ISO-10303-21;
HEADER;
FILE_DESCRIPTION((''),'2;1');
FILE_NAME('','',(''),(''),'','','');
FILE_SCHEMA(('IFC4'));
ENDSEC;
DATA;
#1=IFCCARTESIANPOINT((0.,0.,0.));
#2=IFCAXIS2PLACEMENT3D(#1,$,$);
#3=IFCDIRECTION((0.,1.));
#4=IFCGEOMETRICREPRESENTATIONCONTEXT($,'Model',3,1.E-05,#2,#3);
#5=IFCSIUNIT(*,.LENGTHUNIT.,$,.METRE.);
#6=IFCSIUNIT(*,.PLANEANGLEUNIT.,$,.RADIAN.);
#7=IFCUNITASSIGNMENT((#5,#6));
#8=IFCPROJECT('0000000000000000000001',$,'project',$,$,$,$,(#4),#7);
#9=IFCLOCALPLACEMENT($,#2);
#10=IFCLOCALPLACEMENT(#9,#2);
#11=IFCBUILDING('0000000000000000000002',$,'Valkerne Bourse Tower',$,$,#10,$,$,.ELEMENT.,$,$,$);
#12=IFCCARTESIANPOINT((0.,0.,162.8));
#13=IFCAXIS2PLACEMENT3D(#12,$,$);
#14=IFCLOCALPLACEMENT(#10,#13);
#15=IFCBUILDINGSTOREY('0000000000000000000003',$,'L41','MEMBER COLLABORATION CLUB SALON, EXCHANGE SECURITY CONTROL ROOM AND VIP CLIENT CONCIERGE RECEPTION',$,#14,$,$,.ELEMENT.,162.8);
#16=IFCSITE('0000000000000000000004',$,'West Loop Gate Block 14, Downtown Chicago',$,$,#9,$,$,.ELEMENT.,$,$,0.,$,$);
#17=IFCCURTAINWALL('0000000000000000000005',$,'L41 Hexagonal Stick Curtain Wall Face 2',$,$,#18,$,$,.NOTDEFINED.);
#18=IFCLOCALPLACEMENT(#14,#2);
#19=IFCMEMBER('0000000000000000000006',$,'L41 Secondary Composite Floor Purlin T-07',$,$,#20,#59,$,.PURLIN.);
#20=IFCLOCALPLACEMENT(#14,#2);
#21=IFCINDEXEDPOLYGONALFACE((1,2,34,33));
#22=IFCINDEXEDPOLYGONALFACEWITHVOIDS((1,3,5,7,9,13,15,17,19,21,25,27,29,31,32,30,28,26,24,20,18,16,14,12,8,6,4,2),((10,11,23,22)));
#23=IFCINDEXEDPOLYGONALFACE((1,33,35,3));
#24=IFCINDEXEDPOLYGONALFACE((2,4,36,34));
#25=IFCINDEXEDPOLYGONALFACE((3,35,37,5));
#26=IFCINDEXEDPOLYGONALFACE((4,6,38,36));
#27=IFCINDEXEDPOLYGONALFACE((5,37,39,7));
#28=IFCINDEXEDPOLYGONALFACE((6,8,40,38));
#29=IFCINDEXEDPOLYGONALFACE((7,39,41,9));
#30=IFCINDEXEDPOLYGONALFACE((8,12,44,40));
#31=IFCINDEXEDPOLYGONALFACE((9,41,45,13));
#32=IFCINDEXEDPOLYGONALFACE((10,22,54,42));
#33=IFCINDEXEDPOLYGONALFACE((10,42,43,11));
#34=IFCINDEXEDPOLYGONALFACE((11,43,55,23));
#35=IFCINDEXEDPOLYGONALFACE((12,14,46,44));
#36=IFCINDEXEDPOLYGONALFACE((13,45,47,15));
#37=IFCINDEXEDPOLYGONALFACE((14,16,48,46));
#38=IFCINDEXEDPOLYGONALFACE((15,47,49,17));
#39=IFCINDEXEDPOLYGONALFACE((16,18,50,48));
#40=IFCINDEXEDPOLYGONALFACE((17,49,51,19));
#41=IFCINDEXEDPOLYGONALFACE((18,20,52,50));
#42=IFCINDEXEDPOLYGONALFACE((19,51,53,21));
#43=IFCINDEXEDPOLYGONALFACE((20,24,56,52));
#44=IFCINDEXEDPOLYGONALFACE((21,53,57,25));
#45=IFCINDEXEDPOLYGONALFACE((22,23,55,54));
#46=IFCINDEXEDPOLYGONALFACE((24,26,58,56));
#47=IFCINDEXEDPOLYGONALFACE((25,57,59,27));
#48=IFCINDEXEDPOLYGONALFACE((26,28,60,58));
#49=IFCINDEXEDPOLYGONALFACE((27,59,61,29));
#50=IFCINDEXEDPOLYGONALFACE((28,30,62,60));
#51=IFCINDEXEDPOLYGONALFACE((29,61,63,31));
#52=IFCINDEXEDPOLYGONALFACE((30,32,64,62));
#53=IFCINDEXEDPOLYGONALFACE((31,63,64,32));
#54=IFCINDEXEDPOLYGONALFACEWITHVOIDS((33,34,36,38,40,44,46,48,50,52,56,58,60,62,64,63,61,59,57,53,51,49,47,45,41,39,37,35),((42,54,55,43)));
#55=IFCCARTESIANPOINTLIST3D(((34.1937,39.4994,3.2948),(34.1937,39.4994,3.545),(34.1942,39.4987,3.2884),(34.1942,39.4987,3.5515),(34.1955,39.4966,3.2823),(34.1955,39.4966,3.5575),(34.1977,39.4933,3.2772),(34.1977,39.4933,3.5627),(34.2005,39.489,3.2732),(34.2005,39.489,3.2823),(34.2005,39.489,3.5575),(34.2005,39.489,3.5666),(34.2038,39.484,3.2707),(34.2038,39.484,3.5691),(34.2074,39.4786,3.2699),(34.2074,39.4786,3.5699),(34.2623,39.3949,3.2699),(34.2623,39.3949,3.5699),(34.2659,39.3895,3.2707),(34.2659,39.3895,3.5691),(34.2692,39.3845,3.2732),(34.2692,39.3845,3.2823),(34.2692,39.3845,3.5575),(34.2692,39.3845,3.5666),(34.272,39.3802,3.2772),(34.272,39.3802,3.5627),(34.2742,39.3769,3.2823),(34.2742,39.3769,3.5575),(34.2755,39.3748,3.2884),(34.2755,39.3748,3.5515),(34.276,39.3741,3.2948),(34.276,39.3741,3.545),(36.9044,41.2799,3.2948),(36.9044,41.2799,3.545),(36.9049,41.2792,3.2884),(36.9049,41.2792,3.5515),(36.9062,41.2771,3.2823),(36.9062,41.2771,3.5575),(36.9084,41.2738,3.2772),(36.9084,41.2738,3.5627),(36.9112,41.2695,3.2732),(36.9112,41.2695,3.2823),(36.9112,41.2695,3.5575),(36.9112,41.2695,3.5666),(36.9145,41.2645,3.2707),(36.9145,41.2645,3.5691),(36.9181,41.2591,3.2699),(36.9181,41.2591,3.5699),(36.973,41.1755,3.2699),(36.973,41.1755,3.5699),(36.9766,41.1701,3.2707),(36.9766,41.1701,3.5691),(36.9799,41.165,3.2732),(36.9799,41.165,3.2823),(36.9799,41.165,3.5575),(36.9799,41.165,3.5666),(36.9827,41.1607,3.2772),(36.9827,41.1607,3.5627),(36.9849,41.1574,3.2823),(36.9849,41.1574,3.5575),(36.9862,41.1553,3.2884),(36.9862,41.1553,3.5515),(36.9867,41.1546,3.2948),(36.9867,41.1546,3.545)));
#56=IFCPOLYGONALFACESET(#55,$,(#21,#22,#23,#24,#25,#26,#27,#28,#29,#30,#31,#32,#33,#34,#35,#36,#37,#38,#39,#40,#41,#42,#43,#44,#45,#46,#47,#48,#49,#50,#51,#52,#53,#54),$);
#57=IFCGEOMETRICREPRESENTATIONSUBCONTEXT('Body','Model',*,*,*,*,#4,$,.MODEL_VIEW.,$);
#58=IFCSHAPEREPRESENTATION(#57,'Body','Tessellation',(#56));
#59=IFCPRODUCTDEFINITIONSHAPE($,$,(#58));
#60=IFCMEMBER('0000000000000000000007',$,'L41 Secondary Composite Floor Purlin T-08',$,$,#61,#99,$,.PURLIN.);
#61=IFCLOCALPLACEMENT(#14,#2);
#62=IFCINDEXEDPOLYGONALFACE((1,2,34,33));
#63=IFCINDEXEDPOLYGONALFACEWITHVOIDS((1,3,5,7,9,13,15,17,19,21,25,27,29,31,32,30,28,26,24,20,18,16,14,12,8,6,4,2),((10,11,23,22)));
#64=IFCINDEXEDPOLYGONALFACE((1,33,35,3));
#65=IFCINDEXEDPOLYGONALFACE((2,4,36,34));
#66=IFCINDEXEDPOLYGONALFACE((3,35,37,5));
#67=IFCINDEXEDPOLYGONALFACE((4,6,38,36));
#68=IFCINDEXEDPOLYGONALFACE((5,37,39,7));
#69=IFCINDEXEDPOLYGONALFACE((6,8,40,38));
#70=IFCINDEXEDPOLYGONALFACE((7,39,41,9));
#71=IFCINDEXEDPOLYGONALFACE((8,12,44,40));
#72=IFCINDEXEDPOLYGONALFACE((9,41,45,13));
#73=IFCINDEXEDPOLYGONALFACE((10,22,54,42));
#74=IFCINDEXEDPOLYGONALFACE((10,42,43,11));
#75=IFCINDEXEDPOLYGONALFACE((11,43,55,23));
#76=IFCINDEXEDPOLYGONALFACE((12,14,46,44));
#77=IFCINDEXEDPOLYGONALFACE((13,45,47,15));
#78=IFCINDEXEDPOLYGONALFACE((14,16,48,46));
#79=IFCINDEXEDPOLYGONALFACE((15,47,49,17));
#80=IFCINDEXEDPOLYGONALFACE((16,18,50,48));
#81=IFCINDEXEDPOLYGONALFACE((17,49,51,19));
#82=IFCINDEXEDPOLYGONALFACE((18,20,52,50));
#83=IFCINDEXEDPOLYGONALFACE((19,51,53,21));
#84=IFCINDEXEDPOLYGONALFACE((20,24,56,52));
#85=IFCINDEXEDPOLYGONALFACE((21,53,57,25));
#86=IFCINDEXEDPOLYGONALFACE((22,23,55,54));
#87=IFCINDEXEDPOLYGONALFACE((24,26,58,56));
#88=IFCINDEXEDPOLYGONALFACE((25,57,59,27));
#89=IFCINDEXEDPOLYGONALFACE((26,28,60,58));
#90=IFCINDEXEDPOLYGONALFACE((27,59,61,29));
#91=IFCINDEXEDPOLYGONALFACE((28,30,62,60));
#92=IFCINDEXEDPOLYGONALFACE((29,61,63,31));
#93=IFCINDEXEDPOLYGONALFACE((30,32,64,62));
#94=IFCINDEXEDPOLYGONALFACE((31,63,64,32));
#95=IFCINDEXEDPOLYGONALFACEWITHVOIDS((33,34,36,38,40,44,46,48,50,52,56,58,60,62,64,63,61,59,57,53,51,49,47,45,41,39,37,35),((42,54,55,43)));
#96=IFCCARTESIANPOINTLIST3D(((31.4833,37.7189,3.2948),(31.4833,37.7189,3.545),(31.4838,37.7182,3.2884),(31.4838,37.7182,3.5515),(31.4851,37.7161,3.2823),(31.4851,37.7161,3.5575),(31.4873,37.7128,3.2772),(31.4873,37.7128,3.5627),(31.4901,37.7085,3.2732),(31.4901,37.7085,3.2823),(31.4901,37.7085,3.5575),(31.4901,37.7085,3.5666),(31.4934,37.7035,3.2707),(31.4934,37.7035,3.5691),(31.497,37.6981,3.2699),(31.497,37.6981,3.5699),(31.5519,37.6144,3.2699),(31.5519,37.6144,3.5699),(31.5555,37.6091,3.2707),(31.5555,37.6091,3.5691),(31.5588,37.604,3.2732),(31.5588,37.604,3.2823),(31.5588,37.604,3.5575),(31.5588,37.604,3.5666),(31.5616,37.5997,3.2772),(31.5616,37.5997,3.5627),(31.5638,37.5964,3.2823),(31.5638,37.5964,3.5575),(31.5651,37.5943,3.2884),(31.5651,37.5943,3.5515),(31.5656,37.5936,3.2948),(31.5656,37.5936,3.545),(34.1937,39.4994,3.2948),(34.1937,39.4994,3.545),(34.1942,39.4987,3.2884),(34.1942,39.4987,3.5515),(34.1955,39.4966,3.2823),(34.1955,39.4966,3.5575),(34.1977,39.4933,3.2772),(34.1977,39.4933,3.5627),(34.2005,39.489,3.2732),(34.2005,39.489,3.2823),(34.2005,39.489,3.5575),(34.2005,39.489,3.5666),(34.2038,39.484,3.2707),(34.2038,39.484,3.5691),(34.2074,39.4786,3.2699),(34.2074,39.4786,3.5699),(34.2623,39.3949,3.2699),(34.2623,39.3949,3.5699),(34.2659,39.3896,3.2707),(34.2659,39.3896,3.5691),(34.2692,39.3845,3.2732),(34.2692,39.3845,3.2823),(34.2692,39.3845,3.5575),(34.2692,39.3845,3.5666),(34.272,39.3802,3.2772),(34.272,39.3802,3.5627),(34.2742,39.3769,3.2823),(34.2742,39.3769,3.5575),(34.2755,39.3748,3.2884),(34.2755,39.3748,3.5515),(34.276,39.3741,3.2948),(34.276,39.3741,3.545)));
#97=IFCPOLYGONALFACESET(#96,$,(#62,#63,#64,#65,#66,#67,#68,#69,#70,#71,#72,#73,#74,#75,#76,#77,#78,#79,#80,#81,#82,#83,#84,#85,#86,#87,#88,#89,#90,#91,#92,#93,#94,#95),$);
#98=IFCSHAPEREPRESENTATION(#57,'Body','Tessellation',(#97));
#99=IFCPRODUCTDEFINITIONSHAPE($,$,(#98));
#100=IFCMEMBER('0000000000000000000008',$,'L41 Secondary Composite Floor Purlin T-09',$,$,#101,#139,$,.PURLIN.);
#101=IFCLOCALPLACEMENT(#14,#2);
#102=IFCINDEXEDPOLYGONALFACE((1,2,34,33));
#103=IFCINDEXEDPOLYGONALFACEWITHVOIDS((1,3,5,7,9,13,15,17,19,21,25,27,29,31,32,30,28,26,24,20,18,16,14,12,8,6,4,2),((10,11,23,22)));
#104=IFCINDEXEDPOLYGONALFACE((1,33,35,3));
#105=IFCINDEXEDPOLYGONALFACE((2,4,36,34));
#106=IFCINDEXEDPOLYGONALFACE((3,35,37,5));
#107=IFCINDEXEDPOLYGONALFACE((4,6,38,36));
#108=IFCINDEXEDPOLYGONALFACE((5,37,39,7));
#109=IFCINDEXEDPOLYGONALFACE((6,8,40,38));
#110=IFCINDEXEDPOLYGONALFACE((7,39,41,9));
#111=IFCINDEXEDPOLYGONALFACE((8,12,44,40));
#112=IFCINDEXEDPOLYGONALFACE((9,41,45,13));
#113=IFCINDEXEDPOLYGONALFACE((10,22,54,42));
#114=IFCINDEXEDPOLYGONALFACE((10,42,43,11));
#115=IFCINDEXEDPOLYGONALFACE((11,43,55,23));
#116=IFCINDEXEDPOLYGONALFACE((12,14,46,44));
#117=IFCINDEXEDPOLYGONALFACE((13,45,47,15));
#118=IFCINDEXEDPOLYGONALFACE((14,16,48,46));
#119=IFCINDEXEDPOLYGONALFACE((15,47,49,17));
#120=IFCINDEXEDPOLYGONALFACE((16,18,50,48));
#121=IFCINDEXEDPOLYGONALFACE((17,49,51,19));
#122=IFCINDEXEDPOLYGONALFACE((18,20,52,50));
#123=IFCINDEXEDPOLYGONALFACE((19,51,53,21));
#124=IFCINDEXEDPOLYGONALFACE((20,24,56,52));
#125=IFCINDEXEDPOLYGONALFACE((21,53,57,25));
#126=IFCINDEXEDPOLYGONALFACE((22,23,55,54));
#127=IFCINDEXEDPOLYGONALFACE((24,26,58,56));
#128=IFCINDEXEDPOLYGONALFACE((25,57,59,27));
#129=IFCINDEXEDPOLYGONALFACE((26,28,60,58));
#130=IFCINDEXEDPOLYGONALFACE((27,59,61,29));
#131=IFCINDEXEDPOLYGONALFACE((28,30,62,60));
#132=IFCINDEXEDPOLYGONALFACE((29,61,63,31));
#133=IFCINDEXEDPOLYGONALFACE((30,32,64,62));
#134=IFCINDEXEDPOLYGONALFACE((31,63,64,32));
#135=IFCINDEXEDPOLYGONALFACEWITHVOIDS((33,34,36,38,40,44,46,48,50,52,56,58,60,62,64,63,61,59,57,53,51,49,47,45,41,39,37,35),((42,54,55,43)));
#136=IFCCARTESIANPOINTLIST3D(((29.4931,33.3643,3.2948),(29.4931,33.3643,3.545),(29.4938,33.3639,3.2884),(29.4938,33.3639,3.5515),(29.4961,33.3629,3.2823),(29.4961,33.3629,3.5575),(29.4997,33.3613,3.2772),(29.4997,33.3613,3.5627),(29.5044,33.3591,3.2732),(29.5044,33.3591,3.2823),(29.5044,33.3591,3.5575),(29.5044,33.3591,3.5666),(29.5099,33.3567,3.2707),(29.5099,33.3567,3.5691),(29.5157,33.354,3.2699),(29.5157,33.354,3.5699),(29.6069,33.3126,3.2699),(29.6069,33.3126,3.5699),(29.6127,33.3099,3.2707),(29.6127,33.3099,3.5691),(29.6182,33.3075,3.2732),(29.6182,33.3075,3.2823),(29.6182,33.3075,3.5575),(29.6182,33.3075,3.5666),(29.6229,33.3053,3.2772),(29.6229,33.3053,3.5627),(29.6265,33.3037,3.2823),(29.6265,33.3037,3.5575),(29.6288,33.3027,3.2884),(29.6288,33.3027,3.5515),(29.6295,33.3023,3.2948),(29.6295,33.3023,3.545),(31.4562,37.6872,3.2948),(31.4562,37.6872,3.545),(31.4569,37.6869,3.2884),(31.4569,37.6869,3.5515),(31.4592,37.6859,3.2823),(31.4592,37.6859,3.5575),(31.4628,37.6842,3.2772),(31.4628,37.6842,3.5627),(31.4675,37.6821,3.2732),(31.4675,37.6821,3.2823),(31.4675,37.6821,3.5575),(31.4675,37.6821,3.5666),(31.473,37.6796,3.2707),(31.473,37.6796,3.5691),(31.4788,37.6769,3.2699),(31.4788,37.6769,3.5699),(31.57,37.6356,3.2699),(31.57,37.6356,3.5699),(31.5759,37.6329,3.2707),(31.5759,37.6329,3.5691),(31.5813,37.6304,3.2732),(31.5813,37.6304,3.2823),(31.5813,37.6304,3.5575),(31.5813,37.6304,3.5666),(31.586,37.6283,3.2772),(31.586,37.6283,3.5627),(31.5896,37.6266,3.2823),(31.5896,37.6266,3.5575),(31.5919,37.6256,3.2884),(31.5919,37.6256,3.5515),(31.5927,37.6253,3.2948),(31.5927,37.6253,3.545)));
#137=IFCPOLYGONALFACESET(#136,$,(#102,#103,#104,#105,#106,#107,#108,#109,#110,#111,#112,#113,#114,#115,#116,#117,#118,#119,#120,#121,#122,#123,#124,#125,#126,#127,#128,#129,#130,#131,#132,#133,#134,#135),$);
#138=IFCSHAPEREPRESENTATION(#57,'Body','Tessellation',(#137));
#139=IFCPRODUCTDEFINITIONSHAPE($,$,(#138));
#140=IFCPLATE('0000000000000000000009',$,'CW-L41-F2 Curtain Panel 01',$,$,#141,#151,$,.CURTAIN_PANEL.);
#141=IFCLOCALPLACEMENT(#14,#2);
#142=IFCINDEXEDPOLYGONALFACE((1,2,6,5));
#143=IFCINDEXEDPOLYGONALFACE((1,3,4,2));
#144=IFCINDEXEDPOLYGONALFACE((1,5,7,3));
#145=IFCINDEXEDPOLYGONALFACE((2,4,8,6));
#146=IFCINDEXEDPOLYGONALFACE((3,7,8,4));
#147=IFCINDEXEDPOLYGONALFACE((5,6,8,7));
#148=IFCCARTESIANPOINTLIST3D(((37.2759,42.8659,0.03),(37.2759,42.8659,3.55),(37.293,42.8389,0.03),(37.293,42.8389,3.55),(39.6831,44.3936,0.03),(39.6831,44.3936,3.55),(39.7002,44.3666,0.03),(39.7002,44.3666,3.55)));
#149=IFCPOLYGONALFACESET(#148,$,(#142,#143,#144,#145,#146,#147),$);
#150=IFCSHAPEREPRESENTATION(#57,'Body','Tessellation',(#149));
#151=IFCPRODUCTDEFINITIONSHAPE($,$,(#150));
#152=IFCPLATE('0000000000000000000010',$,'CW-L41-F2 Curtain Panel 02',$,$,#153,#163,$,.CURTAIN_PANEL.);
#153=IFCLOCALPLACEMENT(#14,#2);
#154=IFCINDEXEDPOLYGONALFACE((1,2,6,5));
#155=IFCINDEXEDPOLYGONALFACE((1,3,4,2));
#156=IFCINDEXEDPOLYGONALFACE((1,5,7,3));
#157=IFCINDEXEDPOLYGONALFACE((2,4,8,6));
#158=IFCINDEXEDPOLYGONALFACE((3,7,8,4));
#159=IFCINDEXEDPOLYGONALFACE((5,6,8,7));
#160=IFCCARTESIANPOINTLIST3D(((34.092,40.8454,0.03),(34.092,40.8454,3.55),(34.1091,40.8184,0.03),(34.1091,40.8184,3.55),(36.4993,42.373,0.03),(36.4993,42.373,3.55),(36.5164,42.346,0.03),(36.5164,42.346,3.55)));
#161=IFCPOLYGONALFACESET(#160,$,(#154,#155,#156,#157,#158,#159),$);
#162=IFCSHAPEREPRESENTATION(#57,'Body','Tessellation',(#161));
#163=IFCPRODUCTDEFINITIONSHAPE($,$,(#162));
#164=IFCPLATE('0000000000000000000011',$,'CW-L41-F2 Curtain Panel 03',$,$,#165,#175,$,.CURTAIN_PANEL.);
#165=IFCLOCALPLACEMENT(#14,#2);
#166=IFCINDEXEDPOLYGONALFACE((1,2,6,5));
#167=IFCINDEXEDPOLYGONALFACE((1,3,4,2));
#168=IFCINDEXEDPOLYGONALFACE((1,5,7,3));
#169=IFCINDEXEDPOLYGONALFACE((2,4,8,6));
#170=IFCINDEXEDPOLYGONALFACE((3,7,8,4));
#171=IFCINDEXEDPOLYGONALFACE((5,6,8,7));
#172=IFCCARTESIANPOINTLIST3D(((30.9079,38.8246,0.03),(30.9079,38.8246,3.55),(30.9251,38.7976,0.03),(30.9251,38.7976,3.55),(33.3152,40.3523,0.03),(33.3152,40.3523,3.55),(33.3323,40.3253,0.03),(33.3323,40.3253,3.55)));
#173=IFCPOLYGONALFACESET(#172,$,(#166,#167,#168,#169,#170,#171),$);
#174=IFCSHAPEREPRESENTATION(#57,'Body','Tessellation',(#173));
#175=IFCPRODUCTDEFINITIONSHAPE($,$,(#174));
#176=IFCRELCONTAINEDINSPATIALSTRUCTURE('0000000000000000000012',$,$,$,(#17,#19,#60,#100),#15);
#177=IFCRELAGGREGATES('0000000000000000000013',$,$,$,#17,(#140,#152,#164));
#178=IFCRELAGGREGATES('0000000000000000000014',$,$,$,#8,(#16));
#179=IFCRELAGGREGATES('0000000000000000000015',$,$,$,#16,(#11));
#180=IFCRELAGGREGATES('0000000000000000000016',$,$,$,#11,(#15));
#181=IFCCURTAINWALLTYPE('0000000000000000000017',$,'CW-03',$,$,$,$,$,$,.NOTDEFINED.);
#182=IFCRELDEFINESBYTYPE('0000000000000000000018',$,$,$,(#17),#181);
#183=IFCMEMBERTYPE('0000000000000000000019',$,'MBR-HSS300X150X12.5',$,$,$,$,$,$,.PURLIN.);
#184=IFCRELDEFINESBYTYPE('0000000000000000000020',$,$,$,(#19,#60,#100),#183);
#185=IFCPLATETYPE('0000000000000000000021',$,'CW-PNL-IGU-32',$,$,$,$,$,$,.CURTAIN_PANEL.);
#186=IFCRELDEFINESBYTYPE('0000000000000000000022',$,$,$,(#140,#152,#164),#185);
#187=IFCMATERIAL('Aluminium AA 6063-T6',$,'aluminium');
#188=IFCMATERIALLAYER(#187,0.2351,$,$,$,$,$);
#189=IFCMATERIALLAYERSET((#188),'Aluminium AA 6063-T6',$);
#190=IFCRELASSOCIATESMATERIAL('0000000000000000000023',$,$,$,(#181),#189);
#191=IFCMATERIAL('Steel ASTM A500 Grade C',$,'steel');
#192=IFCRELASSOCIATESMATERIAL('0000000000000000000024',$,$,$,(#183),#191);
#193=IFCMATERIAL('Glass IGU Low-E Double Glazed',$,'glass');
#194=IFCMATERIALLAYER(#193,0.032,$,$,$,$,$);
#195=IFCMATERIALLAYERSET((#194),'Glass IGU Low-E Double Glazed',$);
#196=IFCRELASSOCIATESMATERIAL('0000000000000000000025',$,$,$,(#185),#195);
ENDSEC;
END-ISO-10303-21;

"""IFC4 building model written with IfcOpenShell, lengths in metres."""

from ifc_helpers import new_model, si_unit, direction, frame, origin, origin_2d, place, context, subcontext, project, spatial, rectangle, hollow_rectangle, extrude, material, layer, layer_set, material_profile, profile_set, type_object, element, aggregate, save


model = new_model("IFC4")

# Units and contexts
model_context = context("Model", 3, precision=1e-05, world=origin(), true_north=direction((0.0, 1.0)))
body_context = subcontext(model_context, "Body", "Model", "MODEL_VIEW")
ifc_project = project(units=[si_unit("LENGTHUNIT", "METRE"), si_unit("PLANEANGLEUNIT", "RADIAN")], contexts=[model_context])

# Site, building, storey
site_placement = place(None, origin())
site = spatial("IfcSite", under=ifc_project, at=site_placement, Name="West Loop Gate Block 14, Downtown Chicago", CompositionType="ELEMENT", RefElevation=0.0)
building_placement = place(site_placement, origin())
building = spatial("IfcBuilding", under=site, at=building_placement, Name="Valkerne Bourse Tower", CompositionType="ELEMENT")
storey_placement = place(building_placement, frame((0.0, 0.0, 162.8)))
storey = spatial("IfcBuildingStorey", under=building, at=storey_placement, Name="L41", Description="MEMBER COLLABORATION CLUB SALON, EXCHANGE SECURITY CONTROL ROOM AND VIP CLIENT CONCIERGE RECEPTION", CompositionType="ELEMENT", Elevation=162.8)

# Curtain wall
ifc_material_1 = material(Name="Aluminium AA 6063-T6", Category="aluminium")
ifc_layer_1 = layer(ifc_material_1, 0.2351)
ifc_layer_set_1 = layer_set([ifc_layer_1], Name="Aluminium AA 6063-T6")
curtain_wall_type = type_object("IfcCurtainWallType", Name="CW-03", PredefinedType="NOTDEFINED", material=ifc_layer_set_1)
curtain_wall_placement = place(storey_placement, origin())
curtain_wall = element("IfcCurtainWall", 1, at=curtain_wall_placement, inside=storey, type_object=curtain_wall_type, Name="L41 Hexagonal Stick Curtain Wall Face 2", PredefinedType="NOTDEFINED")

# Members
ifc_material_2 = material(Name="Steel ASTM A500 Grade C", Category="steel")
ifc_material_profile_1 = material_profile(ifc_material_2, hollow_rectangle(XDim=0.1499, YDim=0.3, WallThickness=0.0125, OuterFilletRadius=0.0249, at=origin_2d()), Name="HSS300X150X12.5")
ifc_profile_set_1 = profile_set([ifc_material_profile_1], Name="Steel ASTM A500 Grade C")
member_type_1 = type_object("IfcMemberType", Name="MBR-HSS300X150X12.5", PredefinedType="PURLIN", material=ifc_profile_set_1)
member_1_placement = place(storey_placement, frame((36.9456, 41.2173, 3.4199), z_axis=(-0.835818, -0.549007, 0.0), x_axis=(0.549007, -0.835818, 0.0)))
element("IfcMember", 2, at=member_1_placement, inside=storey, type_object=member_type_1, Name="L41 Secondary Composite Floor Purlin T-07", PredefinedType="PURLIN", context=body_context, shape_type="SweptSolid", body=[
    extrude(hollow_rectangle(XDim=0.1499, YDim=0.3, WallThickness=0.0125, OuterFilletRadius=0.0249, at=origin_2d()), origin(), (0.0, 0.0, 1.0), 3.2432),
])
member_2_placement = place(storey_placement, frame((34.2349, 39.4368, 3.4199), z_axis=(-0.835795, -0.549041, 0.0), x_axis=(0.549041, -0.835795, 0.0)))
element("IfcMember", 3, at=member_2_placement, inside=storey, type_object=member_type_1, Name="L41 Secondary Composite Floor Purlin T-08", PredefinedType="PURLIN", context=body_context, shape_type="SweptSolid", body=[
    extrude(hollow_rectangle(XDim=0.1499, YDim=0.3, WallThickness=0.0125, OuterFilletRadius=0.0249, at=origin_2d()), origin(), (0.0, 0.0, 1.0), 3.2429),
])
member_3_placement = place(storey_placement, frame((31.5244, 37.6562, 3.4199), z_axis=(-0.413477, -0.910514, 0.0), x_axis=(0.910514, -0.413477, 0.0)))
element("IfcMember", 4, at=member_3_placement, inside=storey, type_object=member_type_1, Name="L41 Secondary Composite Floor Purlin T-09", PredefinedType="PURLIN", context=body_context, shape_type="SweptSolid", body=[
    extrude(hollow_rectangle(XDim=0.1499, YDim=0.3, WallThickness=0.0125, OuterFilletRadius=0.0249, at=origin_2d()), origin(), (0.0, 0.0, 1.0), 4.7478),
])

# Plates
ifc_material_3 = material(Name="Glass IGU Low-E Double Glazed", Category="glass")
ifc_layer_2 = layer(ifc_material_3, 0.032)
ifc_layer_set_2 = layer_set([ifc_layer_2], Name="Glass IGU Low-E Double Glazed")
plate_type = type_object("IfcPlateType", Name="CW-PNL-IGU-32", PredefinedType="CURTAIN_PANEL", material=ifc_layer_set_2)
plate_1_placement = place(storey_placement, frame((38.488, 43.6162, 0.03), z_axis=(0.0, 0.0, 1.0), x_axis=(-0.844324, -0.535834, 0.0)))
plate_1 = element("IfcPlate", 5, at=plate_1_placement, type_object=plate_type, Name="CW-L41-F2 Curtain Panel 01", PredefinedType="CURTAIN_PANEL", context=body_context, shape_type="SweptSolid", body=[
    extrude(rectangle(XDim=2.8511, YDim=0.032, at=origin_2d()), origin(), (0.0, 0.0, 1.0), 3.52),
])
plate_2_placement = place(storey_placement, frame((35.3042, 41.5957, 0.03), z_axis=(0.0, 0.0, 1.0), x_axis=(-0.844331, -0.535822, 0.0)))
plate_2 = element("IfcPlate", 6, at=plate_2_placement, type_object=plate_type, Name="CW-L41-F2 Curtain Panel 02", PredefinedType="CURTAIN_PANEL", context=body_context, shape_type="SweptSolid", body=[
    extrude(rectangle(XDim=2.8511, YDim=0.032, at=origin_2d()), origin(), (0.0, 0.0, 1.0), 3.52),
])
plate_3_placement = place(storey_placement, frame((32.1201, 39.575, 0.03), z_axis=(0.0, 0.0, 1.0), x_axis=(-0.844331, -0.535822, 0.0)))
plate_3 = element("IfcPlate", 7, at=plate_3_placement, type_object=plate_type, Name="CW-L41-F2 Curtain Panel 03", PredefinedType="CURTAIN_PANEL", context=body_context, shape_type="SweptSolid", body=[
    extrude(rectangle(XDim=2.8511, YDim=0.032, at=origin_2d()), origin(), (0.0, 0.0, 1.0), 3.52),
])
aggregate(curtain_wall, [plate_1, plate_2, plate_3])

save(model, "model.ifc")
